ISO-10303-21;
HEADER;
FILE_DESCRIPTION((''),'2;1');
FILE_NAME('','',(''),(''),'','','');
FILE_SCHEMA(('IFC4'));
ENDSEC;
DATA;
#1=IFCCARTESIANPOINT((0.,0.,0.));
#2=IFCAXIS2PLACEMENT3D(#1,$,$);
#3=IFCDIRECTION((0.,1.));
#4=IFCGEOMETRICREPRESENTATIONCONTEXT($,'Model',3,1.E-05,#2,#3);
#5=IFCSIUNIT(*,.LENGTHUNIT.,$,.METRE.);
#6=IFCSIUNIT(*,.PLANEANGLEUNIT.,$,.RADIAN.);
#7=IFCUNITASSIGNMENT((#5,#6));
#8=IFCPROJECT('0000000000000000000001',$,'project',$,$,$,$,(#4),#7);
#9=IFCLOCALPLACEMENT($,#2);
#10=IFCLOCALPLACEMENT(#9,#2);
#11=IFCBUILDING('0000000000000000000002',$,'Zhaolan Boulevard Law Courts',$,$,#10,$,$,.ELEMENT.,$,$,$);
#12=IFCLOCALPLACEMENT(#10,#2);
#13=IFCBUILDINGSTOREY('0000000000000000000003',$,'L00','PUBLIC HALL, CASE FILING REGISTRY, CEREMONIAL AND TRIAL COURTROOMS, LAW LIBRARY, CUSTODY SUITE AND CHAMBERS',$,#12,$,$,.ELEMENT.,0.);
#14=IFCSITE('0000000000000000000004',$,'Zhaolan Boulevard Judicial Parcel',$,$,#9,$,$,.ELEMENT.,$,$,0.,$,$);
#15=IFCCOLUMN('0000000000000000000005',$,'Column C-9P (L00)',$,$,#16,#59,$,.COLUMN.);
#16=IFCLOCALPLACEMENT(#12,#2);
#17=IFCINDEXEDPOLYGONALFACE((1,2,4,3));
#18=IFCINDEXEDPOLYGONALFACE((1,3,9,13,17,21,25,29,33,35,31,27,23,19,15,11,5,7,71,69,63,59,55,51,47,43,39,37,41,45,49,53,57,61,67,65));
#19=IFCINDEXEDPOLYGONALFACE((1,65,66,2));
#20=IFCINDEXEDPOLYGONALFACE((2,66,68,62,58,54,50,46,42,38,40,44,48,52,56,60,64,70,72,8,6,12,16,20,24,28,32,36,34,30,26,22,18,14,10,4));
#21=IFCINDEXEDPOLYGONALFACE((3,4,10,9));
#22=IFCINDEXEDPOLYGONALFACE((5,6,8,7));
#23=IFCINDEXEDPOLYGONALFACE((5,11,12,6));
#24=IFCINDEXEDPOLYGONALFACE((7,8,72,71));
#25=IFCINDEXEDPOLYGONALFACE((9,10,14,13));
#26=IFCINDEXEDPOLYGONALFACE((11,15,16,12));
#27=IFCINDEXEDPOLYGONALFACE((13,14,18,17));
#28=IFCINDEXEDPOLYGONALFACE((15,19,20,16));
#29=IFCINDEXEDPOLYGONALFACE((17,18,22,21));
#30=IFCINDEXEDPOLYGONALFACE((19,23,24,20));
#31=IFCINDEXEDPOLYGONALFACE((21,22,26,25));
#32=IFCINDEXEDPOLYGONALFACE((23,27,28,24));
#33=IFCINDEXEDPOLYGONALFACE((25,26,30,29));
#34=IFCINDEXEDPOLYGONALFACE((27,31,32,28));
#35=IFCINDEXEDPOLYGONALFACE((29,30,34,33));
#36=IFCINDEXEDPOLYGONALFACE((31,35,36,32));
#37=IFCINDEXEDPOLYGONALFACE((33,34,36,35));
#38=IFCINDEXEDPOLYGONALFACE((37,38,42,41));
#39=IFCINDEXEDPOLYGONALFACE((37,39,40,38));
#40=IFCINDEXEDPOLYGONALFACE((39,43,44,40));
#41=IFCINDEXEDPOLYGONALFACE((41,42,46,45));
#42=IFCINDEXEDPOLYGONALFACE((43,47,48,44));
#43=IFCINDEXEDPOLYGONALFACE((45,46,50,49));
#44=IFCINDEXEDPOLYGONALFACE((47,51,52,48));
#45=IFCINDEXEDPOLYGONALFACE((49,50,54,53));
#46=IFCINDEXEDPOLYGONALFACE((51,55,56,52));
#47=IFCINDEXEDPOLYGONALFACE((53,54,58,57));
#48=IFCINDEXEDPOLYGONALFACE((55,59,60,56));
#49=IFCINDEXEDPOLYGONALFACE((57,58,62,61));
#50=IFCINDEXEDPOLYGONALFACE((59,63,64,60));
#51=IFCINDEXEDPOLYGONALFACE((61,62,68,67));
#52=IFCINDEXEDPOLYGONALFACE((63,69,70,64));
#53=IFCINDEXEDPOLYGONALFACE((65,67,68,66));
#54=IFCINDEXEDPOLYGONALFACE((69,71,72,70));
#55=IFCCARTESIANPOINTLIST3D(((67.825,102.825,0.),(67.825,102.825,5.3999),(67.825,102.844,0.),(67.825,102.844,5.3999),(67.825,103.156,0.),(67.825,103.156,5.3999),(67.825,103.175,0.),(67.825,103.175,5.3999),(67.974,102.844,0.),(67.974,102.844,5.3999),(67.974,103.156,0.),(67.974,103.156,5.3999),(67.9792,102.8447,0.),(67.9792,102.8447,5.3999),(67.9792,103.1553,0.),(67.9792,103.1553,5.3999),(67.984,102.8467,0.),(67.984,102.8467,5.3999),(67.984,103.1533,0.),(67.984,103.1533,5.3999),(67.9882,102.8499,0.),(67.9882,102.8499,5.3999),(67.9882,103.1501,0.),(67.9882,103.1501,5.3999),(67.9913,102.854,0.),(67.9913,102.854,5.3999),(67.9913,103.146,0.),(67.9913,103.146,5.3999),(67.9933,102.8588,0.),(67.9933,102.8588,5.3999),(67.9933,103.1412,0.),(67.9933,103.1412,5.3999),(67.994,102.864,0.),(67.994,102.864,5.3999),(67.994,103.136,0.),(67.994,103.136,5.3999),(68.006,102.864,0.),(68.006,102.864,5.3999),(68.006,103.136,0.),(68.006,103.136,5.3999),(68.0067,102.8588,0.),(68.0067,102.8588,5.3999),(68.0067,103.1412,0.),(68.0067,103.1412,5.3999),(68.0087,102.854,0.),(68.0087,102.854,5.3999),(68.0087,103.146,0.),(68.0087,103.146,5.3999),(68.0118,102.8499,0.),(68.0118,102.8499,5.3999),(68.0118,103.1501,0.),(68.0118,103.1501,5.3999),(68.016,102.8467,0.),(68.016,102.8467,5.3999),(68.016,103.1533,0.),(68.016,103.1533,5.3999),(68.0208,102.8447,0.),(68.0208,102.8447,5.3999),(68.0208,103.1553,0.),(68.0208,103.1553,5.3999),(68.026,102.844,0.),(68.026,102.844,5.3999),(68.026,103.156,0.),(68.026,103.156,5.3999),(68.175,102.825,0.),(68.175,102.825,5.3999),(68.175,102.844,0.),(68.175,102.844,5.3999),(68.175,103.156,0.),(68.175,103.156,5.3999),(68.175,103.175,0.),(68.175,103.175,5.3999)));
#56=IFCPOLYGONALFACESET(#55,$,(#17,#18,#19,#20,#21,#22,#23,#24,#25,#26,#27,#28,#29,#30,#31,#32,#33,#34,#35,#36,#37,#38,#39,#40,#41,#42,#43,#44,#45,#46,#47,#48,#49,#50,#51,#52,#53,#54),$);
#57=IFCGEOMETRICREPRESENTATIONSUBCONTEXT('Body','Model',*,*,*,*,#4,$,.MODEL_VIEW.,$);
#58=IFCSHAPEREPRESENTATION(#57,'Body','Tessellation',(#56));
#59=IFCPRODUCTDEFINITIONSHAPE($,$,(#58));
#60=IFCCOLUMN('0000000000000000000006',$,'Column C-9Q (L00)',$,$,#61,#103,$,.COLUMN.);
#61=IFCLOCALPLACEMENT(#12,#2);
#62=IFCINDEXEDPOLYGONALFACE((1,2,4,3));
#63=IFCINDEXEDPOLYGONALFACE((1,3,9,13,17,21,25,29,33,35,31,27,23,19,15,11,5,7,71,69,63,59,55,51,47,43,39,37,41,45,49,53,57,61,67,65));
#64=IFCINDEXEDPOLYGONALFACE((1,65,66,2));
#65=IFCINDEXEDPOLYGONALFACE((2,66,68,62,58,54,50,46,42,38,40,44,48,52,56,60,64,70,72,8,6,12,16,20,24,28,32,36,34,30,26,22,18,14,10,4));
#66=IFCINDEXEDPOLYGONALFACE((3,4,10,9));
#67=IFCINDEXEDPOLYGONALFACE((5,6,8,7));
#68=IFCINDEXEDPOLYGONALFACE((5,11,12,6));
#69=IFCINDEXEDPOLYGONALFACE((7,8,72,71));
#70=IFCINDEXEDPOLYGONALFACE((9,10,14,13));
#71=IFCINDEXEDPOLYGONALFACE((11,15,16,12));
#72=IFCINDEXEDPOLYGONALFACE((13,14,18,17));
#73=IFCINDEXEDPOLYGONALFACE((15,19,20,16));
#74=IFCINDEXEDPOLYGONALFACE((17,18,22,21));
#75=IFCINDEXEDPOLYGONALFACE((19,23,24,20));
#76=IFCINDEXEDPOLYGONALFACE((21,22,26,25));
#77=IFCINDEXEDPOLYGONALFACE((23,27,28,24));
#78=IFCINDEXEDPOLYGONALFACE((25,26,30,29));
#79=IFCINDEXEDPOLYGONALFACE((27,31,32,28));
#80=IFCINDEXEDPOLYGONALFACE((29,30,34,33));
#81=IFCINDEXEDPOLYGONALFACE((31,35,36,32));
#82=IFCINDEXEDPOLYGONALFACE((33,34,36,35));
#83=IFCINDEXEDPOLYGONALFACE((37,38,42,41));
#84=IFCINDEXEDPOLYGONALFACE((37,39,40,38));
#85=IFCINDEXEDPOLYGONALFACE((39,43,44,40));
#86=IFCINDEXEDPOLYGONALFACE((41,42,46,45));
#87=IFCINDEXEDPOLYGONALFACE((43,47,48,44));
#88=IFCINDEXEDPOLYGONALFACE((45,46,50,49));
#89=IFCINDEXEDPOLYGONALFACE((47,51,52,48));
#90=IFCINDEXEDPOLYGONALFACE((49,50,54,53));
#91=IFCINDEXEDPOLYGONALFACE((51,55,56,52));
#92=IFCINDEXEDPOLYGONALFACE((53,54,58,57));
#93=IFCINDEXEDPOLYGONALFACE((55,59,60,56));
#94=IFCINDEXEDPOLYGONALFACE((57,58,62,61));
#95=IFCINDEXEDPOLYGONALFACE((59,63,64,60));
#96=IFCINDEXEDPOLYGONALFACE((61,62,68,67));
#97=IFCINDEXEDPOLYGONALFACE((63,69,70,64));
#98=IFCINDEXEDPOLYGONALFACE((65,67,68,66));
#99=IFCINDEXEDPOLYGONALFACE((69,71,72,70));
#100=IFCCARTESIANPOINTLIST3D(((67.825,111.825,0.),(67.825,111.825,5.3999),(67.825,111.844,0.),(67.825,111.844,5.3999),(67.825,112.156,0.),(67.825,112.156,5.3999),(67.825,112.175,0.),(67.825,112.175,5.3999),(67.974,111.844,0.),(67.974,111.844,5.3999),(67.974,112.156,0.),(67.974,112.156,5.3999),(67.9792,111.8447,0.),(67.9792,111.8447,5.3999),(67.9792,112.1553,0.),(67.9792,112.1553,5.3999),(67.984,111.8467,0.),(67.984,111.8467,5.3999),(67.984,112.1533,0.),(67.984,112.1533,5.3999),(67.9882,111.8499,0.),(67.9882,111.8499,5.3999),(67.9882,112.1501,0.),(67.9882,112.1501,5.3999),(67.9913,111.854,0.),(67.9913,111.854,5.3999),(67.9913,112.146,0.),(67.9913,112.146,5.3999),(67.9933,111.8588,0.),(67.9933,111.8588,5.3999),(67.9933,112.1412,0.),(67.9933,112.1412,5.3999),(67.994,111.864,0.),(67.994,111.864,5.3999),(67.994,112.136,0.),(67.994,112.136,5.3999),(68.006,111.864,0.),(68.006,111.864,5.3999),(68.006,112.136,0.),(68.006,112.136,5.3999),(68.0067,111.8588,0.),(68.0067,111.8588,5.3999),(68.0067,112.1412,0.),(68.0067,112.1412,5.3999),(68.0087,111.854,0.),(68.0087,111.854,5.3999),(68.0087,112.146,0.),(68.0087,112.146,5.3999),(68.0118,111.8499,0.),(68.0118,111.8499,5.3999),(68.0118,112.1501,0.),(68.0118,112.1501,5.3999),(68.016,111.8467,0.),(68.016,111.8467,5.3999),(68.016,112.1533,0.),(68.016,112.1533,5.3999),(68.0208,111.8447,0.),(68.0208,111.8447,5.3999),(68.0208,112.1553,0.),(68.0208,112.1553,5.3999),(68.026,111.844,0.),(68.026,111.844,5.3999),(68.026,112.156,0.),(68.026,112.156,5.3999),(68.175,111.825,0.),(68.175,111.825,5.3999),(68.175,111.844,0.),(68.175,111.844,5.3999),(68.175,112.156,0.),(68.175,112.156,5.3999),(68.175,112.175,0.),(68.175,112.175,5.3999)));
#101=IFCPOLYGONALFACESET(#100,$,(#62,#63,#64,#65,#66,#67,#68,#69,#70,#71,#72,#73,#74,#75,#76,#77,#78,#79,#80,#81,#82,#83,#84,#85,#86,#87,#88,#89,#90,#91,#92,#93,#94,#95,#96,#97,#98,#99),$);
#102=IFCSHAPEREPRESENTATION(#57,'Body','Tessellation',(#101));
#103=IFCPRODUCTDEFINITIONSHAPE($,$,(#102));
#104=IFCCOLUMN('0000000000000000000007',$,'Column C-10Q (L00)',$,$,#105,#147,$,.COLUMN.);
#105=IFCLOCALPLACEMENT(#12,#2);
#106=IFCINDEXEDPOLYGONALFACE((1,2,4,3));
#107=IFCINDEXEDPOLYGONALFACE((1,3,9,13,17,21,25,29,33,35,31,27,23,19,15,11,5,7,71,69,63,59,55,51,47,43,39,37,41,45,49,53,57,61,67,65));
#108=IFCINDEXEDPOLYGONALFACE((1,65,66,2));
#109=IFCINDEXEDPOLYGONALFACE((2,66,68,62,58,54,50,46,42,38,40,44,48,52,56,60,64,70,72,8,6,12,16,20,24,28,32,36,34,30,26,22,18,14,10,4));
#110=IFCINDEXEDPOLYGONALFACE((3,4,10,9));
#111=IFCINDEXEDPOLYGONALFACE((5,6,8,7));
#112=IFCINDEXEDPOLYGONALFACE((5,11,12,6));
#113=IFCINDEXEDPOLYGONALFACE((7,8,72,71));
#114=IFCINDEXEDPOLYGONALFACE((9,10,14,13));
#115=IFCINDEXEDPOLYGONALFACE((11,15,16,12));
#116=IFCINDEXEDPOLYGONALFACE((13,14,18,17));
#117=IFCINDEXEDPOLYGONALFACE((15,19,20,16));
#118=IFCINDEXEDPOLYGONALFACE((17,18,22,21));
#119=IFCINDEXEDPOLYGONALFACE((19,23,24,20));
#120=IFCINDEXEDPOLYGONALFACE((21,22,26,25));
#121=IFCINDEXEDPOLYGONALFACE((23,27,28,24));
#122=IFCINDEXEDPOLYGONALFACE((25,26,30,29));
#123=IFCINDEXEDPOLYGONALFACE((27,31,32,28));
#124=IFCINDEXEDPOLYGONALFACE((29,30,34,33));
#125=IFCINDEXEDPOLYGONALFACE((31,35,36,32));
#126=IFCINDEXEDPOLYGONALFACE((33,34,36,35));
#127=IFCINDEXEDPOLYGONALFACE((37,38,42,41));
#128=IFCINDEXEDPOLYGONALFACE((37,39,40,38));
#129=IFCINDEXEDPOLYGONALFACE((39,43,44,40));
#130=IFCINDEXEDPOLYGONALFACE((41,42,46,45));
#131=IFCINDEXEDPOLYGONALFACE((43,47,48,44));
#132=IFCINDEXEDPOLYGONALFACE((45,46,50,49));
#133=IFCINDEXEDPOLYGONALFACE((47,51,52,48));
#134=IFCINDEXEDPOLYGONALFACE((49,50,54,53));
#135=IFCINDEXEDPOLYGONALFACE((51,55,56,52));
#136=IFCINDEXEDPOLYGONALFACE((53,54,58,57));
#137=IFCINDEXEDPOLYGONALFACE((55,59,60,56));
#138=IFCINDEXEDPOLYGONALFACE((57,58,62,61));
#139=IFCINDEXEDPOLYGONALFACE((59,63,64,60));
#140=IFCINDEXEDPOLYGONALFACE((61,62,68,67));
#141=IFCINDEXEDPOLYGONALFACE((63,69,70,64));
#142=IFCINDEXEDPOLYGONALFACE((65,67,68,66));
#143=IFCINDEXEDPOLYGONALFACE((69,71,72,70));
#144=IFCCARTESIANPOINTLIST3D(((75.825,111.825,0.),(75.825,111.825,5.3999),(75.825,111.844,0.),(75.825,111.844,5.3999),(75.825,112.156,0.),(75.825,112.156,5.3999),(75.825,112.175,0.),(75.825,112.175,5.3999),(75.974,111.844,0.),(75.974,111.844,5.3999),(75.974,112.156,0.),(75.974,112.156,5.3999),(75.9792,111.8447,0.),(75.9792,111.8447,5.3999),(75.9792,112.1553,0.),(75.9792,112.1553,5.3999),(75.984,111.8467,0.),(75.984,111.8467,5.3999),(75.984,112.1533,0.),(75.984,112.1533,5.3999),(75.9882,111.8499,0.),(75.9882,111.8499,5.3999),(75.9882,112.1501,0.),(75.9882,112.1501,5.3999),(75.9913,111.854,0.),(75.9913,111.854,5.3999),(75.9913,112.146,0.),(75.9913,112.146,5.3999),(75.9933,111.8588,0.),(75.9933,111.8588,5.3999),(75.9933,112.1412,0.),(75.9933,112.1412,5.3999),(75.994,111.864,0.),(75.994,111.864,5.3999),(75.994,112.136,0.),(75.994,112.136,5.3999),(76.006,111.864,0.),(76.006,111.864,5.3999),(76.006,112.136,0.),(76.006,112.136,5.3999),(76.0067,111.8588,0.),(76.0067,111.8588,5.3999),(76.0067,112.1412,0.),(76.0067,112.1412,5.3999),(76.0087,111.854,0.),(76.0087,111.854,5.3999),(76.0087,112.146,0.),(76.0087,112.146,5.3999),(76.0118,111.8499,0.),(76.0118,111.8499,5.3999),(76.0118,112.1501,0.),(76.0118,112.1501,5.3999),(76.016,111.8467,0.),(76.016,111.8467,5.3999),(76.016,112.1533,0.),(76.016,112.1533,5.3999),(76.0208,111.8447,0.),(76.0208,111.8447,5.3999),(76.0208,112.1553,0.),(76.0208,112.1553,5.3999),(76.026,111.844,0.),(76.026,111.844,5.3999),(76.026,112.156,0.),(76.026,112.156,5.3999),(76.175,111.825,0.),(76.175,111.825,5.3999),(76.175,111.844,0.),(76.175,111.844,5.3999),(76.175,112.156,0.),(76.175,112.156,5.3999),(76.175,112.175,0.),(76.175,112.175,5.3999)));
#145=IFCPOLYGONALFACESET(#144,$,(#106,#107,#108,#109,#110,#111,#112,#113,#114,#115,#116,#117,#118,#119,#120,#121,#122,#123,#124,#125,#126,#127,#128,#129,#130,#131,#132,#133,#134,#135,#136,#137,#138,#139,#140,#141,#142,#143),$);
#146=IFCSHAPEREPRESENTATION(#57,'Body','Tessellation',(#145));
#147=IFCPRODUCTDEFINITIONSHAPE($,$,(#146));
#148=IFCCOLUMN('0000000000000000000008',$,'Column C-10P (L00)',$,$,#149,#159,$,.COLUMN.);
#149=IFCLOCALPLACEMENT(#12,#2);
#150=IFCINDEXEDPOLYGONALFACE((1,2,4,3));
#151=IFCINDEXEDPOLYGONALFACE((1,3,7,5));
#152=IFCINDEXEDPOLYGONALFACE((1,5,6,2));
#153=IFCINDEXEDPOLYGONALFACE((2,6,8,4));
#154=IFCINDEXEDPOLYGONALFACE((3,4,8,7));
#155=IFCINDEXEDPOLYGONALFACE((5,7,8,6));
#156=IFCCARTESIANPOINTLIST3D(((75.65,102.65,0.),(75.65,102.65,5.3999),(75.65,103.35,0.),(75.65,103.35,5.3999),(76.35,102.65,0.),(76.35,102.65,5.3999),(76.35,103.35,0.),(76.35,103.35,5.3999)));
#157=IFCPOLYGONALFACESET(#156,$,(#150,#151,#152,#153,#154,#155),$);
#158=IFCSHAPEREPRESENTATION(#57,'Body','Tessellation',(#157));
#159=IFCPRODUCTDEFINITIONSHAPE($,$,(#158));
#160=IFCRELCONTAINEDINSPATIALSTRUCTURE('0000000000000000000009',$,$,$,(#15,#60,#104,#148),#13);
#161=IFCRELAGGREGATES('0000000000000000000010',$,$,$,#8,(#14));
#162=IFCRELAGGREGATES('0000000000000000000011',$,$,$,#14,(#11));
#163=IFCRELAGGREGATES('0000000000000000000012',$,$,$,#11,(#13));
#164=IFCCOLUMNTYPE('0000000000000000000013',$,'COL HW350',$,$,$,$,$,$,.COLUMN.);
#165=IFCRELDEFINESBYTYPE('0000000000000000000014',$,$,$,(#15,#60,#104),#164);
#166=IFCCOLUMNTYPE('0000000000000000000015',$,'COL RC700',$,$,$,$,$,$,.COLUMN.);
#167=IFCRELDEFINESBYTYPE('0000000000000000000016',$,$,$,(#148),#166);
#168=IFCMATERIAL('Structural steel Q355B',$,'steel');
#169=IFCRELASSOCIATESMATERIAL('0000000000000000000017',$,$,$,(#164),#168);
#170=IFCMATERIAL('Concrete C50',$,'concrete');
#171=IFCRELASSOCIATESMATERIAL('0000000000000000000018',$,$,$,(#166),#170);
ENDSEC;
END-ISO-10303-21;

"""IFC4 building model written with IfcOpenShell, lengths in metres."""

from ifc_helpers import new_model, si_unit, direction, frame, origin, origin_2d, place, context, subcontext, project, spatial, rectangle, i_section, extrude, material, material_profile, profile_set, type_object, element, save


model = new_model("IFC4")

# Units and contexts
model_context = context("Model", 3, precision=1e-05, world=origin(), true_north=direction((0.0, 1.0)))
body_context = subcontext(model_context, "Body", "Model", "MODEL_VIEW")
ifc_project = project(units=[si_unit("LENGTHUNIT", "METRE"), si_unit("PLANEANGLEUNIT", "RADIAN")], contexts=[model_context])

# Site, building, storey
site_placement = place(None, origin())
site = spatial("IfcSite", under=ifc_project, at=site_placement, Name="Zhaolan Boulevard Judicial Parcel", CompositionType="ELEMENT", RefElevation=0.0)
building_placement = place(site_placement, origin())
building = spatial("IfcBuilding", under=site, at=building_placement, Name="Zhaolan Boulevard Law Courts", CompositionType="ELEMENT")
storey_placement = place(building_placement, origin())
storey = spatial("IfcBuildingStorey", under=building, at=storey_placement, Name="L00", Description="PUBLIC HALL, CASE FILING REGISTRY, CEREMONIAL AND TRIAL COURTROOMS, LAW LIBRARY, CUSTODY SUITE AND CHAMBERS", CompositionType="ELEMENT", Elevation=0.0)

# Columns
ifc_material_1 = material(Name="Structural steel Q355B", Category="steel")
ifc_material_profile_1 = material_profile(ifc_material_1, i_section(OverallWidth=0.3501, OverallDepth=0.3501, WebThickness=0.012, FlangeThickness=0.019, FilletRadius=0.02, at=origin_2d()), Name="HW350x350")
ifc_profile_set_1 = profile_set([ifc_material_profile_1], Name="Structural steel Q355B")
column_type_1 = type_object("IfcColumnType", Name="COL HW350", PredefinedType="COLUMN", material=ifc_profile_set_1)
for number, where, z_axis, x_axis, name in (
    (1, (68.0, 103.0, 0.0), (0.0, 0.0, 1.0), (1.0, 0.0, 0.0), "Column C-9P (L00)"),
    (2, (68.0, 112.0, 0.0), (0.0, 0.0, 1.0), (1.0, 0.0, 0.0), "Column C-9Q (L00)"),
    (3, (76.0, 112.0, 0.0), (0.0, 0.0, 1.0), (1.0, 0.0, 0.0), "Column C-10Q (L00)"),
):
    element("IfcColumn", number, at=place(storey_placement, frame(where, z_axis=z_axis, x_axis=x_axis)), inside=storey, type_object=column_type_1, Name=name, PredefinedType="COLUMN", context=body_context, shape_type="SweptSolid", body=[
        extrude(i_section(OverallWidth=0.3501, OverallDepth=0.3501, WebThickness=0.012, FlangeThickness=0.019, FilletRadius=0.02, at=origin_2d()), origin(), (0.0, 0.0, 1.0), 5.3999),
    ])
ifc_material_2 = material(Name="Concrete C50", Category="concrete")
ifc_material_profile_2 = material_profile(ifc_material_2, rectangle(XDim=0.7, YDim=0.7, at=origin_2d()), Name="RC700x700")
ifc_profile_set_2 = profile_set([ifc_material_profile_2], Name="Concrete C50")
column_type_2 = type_object("IfcColumnType", Name="COL RC700", PredefinedType="COLUMN", material=ifc_profile_set_2)
column_placement = place(storey_placement, frame((76.0, 103.0, 0.0), z_axis=(0.0, 0.0, 1.0), x_axis=(1.0, 0.0, 0.0)))
element("IfcColumn", 4, at=column_placement, inside=storey, type_object=column_type_2, Name="Column C-10P (L00)", PredefinedType="COLUMN", context=body_context, shape_type="SweptSolid", body=[
    extrude(rectangle(XDim=0.7, YDim=0.7, at=origin_2d()), origin(), (0.0, 0.0, 1.0), 5.3999),
])

save(model, "model.ifc")
